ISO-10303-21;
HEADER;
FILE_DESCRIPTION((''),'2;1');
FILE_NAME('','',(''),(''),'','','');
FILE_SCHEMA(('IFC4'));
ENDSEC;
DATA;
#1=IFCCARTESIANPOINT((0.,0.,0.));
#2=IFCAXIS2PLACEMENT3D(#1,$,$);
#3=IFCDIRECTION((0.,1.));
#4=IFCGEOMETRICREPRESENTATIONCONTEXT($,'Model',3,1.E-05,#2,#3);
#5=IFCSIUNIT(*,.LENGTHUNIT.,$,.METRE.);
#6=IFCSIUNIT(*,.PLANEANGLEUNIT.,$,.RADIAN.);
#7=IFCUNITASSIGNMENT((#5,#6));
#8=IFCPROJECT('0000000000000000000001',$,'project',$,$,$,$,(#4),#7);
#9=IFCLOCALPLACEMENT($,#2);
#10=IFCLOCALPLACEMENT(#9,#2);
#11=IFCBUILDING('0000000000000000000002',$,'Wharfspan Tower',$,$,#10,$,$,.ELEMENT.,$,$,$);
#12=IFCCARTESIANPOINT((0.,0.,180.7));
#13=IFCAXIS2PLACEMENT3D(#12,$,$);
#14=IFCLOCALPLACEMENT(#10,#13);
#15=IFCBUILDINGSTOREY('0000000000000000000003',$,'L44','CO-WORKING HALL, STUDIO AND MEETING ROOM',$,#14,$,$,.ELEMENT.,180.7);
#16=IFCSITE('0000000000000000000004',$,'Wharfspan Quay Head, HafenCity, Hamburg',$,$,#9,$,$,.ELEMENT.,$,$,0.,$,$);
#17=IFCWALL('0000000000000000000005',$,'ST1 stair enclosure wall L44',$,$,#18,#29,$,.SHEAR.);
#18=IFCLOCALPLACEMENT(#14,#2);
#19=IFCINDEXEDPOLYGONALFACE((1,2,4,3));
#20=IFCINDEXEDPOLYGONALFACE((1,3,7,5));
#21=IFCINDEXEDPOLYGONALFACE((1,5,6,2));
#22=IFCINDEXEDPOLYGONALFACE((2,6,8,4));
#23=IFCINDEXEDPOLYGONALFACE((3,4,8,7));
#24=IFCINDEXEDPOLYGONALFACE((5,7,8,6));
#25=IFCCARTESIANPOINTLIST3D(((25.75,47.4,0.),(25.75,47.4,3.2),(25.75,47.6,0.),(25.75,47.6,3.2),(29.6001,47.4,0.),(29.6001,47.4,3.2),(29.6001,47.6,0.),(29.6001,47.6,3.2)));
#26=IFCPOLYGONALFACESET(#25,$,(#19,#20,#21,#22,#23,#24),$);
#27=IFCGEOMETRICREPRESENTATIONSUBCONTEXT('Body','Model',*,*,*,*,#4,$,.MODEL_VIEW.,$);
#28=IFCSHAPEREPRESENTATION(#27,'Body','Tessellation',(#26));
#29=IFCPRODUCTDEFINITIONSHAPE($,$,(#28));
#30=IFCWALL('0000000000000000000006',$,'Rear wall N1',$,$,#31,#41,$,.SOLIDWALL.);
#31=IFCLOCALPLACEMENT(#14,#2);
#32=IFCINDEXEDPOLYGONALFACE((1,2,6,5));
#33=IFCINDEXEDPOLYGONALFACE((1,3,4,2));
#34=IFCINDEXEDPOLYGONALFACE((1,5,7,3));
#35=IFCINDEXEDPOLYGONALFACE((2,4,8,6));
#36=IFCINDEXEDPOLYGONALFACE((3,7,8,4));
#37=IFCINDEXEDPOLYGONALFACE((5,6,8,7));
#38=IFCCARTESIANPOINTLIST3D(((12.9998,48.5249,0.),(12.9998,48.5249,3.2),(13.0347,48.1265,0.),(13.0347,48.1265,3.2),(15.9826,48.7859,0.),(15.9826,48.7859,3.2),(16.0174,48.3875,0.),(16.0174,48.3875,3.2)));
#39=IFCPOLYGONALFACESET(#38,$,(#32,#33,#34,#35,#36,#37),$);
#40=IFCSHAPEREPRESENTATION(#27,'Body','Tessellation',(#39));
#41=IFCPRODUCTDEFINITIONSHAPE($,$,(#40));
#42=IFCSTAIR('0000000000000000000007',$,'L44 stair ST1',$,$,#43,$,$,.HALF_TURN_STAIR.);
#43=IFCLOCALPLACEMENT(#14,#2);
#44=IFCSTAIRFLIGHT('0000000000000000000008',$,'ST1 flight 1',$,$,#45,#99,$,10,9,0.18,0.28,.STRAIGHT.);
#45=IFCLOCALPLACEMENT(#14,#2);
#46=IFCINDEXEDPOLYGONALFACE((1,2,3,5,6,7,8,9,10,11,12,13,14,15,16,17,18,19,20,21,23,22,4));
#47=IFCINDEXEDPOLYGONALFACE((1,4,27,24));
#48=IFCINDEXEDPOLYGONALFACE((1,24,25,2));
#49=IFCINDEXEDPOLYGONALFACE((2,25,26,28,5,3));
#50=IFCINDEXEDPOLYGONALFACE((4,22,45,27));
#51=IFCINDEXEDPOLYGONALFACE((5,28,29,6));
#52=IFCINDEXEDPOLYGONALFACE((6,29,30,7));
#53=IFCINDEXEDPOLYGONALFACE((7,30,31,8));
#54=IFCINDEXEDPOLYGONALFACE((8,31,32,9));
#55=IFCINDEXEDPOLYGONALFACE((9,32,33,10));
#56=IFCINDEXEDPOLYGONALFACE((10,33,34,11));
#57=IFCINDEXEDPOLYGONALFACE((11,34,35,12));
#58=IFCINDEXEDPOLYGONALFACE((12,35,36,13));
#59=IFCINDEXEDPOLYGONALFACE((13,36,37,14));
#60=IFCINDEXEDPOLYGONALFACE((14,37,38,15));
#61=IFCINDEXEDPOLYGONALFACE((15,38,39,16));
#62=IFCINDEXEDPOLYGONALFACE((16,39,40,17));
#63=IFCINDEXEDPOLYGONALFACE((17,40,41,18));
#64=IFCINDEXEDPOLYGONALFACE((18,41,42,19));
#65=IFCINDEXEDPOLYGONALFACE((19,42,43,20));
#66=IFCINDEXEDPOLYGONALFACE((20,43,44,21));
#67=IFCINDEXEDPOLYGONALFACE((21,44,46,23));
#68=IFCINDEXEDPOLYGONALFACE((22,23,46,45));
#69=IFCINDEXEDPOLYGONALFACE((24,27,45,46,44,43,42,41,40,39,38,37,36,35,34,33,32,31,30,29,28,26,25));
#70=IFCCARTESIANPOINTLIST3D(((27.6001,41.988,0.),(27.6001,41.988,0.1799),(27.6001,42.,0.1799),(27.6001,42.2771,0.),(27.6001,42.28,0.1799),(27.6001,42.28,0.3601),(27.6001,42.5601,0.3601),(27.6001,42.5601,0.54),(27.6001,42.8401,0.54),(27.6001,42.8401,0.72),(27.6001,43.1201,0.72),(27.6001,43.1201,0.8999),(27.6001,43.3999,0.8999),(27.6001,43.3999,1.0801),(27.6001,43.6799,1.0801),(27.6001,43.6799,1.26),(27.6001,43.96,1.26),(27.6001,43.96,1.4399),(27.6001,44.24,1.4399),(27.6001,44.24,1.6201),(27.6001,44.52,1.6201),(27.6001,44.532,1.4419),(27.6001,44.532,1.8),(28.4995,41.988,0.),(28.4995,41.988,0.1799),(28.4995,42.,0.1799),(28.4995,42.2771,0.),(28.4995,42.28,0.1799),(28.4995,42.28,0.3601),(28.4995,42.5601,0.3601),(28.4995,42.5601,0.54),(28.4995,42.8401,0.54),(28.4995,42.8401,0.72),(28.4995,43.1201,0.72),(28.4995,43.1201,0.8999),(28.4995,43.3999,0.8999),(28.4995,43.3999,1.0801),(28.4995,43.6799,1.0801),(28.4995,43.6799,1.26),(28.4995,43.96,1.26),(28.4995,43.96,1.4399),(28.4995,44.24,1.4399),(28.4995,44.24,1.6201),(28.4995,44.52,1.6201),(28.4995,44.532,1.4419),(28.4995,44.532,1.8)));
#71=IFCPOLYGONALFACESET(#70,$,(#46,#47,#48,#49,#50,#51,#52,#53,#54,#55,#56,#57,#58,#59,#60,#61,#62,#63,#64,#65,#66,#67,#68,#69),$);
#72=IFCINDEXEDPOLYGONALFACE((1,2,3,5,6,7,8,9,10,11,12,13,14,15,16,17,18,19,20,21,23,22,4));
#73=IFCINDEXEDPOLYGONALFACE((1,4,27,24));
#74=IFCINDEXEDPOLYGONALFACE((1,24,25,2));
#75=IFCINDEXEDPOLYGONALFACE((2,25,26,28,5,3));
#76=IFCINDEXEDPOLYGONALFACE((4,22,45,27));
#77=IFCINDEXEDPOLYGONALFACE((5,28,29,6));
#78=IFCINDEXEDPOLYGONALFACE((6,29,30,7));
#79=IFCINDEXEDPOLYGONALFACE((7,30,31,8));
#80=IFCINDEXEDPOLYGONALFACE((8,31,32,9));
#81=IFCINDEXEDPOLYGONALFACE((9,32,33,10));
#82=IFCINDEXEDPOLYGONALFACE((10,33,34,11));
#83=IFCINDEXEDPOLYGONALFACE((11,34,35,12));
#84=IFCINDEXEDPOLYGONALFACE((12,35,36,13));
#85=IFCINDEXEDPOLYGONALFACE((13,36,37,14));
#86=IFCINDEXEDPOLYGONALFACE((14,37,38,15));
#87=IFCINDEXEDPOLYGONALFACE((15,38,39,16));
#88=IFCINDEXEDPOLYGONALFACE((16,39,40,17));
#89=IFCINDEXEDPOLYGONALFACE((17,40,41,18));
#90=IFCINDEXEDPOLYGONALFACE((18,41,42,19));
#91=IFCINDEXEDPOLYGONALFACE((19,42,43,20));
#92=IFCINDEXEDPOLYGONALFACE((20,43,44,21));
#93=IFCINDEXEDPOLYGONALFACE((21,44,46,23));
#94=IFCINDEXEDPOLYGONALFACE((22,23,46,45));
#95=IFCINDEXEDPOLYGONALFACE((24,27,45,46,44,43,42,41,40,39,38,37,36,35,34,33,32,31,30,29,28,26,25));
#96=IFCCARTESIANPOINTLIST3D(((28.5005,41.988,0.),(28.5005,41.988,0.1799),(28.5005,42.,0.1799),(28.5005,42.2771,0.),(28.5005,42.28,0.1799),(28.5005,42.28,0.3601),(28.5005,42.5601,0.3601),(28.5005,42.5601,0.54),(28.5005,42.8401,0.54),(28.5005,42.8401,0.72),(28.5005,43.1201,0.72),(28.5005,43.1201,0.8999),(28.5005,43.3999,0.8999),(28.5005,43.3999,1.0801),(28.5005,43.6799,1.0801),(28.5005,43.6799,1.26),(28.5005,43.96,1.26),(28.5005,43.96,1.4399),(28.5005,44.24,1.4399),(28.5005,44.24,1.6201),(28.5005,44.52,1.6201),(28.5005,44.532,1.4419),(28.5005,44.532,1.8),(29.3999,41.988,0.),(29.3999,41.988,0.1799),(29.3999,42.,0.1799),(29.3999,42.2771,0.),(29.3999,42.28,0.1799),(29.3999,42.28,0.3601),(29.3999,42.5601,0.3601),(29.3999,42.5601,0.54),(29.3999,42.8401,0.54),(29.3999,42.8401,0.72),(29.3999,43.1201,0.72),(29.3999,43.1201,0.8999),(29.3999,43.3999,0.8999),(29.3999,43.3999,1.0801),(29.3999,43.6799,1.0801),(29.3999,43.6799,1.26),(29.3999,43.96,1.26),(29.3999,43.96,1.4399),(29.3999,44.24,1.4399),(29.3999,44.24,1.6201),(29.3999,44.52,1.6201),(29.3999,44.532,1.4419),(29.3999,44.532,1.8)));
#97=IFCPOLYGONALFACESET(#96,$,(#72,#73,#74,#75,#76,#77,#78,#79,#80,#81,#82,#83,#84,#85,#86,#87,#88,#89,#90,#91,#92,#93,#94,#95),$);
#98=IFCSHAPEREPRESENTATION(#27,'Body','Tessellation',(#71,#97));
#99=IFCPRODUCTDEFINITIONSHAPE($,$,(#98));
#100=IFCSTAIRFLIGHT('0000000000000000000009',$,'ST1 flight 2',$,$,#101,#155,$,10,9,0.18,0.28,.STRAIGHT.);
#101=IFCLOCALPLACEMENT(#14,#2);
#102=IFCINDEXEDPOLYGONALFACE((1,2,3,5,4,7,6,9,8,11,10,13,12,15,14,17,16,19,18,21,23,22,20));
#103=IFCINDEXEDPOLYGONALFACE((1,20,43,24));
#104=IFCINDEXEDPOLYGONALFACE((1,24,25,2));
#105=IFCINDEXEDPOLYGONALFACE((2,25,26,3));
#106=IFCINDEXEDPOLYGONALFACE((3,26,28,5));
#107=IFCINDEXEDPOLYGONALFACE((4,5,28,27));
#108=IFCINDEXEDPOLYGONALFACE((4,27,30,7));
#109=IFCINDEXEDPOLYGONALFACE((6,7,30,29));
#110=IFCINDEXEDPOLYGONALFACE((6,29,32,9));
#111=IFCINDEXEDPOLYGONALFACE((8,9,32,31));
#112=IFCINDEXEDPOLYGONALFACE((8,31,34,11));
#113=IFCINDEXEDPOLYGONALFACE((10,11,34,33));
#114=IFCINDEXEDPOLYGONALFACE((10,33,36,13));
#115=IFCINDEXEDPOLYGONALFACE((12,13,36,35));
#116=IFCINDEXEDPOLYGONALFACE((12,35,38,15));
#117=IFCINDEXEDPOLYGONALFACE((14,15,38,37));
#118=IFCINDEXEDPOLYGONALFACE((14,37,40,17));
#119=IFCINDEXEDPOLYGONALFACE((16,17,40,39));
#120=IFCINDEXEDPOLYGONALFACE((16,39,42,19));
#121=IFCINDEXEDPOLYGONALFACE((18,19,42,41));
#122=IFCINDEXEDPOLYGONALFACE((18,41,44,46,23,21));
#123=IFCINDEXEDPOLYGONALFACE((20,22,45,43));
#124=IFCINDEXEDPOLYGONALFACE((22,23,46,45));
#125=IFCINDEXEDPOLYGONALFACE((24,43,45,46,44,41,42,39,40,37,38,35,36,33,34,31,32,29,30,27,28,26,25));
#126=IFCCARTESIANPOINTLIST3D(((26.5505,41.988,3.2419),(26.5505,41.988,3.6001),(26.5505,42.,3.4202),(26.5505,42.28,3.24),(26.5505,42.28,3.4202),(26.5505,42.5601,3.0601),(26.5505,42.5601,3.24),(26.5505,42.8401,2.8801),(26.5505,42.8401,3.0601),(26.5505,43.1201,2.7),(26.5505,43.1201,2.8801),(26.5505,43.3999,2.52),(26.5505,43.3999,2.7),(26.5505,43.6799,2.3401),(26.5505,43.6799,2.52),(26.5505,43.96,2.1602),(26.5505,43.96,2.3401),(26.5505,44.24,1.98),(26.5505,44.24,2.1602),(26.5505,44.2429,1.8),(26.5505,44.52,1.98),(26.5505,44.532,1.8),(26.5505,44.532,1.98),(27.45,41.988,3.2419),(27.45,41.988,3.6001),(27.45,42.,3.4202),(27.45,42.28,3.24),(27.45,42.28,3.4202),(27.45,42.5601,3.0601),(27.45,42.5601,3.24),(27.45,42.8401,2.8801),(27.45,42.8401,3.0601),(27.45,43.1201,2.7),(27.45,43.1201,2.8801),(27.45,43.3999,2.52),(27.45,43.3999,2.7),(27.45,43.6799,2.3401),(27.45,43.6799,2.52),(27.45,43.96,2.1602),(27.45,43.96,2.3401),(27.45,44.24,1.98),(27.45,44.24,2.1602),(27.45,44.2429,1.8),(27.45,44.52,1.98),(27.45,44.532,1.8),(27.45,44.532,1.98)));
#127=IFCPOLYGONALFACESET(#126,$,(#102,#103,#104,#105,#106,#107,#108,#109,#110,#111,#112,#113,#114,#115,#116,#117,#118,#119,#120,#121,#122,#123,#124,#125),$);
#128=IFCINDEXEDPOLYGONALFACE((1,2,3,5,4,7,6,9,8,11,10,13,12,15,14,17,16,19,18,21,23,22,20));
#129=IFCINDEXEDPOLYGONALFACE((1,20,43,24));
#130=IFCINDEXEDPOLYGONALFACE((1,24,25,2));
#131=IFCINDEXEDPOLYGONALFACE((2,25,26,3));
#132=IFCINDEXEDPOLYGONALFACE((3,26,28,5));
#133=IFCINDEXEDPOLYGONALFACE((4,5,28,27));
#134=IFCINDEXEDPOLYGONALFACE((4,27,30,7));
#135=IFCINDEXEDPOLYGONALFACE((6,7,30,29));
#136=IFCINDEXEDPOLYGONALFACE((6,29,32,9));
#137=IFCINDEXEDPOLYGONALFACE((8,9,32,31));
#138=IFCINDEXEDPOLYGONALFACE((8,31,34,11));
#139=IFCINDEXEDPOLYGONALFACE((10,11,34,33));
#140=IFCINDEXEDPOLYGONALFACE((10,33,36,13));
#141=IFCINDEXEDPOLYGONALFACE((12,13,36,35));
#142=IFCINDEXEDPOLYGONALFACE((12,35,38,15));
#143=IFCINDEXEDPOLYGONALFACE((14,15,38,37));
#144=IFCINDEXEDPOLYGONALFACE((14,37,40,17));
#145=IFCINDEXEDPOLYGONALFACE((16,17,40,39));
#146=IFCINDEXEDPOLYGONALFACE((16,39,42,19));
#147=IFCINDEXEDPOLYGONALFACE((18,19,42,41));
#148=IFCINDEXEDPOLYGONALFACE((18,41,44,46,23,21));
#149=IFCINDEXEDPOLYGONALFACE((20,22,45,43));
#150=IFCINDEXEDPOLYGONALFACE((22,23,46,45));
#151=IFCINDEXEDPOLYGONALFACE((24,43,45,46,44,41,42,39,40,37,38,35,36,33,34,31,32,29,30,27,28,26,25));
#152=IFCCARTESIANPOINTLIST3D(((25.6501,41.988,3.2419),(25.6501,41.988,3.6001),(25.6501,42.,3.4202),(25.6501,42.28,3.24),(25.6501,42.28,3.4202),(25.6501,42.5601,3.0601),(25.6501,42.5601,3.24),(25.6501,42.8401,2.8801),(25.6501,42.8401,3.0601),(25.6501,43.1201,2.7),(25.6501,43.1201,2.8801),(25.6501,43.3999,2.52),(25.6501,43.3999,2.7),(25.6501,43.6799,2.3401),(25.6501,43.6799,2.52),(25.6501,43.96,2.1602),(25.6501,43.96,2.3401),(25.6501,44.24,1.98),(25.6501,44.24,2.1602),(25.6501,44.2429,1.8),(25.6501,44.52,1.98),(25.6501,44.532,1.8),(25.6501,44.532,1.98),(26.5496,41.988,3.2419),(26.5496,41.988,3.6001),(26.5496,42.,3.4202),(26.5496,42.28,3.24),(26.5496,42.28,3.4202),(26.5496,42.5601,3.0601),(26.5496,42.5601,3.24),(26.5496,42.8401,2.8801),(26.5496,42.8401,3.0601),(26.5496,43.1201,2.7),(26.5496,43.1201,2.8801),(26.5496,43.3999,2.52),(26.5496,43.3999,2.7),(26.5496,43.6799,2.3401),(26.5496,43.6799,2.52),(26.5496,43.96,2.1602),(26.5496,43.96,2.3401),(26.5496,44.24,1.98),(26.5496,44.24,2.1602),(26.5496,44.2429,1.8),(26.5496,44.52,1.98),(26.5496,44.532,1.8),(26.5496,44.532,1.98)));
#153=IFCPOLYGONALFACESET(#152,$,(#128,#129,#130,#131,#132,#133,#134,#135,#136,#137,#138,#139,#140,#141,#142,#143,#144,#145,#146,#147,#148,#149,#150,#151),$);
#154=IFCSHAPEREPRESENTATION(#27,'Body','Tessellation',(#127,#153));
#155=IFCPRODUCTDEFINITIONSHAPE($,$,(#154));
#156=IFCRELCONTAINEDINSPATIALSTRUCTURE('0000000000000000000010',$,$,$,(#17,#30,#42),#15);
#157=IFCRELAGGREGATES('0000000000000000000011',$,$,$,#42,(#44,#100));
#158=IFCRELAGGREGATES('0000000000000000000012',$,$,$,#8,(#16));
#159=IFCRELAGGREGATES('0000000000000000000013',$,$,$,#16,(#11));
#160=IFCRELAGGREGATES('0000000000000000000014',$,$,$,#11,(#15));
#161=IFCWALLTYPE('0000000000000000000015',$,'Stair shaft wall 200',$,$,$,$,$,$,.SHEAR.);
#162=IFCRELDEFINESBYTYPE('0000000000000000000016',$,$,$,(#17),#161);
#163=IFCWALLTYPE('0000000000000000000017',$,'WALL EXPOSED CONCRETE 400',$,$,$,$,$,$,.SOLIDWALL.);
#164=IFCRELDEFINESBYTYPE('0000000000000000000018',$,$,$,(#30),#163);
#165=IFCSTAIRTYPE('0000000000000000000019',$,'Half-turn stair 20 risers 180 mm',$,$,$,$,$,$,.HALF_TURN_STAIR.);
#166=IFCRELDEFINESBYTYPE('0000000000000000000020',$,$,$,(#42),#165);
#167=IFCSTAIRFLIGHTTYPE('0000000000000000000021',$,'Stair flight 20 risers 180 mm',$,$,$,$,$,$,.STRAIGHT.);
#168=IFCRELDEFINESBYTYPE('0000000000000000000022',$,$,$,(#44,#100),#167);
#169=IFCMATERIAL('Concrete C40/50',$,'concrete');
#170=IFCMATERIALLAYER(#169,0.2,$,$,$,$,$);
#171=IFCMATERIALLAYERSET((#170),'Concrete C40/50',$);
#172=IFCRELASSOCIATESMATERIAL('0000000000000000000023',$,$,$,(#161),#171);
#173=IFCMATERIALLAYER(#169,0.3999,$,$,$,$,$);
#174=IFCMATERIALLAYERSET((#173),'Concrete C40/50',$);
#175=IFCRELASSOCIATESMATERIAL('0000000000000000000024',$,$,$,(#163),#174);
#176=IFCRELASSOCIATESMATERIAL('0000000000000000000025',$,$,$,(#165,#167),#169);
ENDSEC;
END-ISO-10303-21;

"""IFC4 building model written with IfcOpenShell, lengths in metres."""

from ifc_helpers import new_model, si_unit, direction, frame, frame_2d, origin, place, context, subcontext, project, spatial, polyline, rectangle, outline, extrude, material, layer, layer_set, type_object, element, aggregate, save


model = new_model("IFC4")

# Units and contexts
model_context = context("Model", 3, precision=1e-05, world=origin(), true_north=direction((0.0, 1.0)))
body_context = subcontext(model_context, "Body", "Model", "MODEL_VIEW")
ifc_project = project(units=[si_unit("LENGTHUNIT", "METRE"), si_unit("PLANEANGLEUNIT", "RADIAN")], contexts=[model_context])

# Site, building, storey
site_placement = place(None, origin())
site = spatial("IfcSite", under=ifc_project, at=site_placement, Name="Wharfspan Quay Head, HafenCity, Hamburg", CompositionType="ELEMENT", RefElevation=0.0)
building_placement = place(site_placement, origin())
building = spatial("IfcBuilding", under=site, at=building_placement, Name="Wharfspan Tower", CompositionType="ELEMENT")
storey_placement = place(building_placement, frame((0.0, 0.0, 180.7)))
storey = spatial("IfcBuildingStorey", under=building, at=storey_placement, Name="L44", Description="CO-WORKING HALL, STUDIO AND MEETING ROOM", CompositionType="ELEMENT", Elevation=180.7)

# Shared definitions
ifc_material_1 = material(Name="Concrete C40/50", Category="concrete")
ifc_layer_1 = layer(ifc_material_1, 0.2)
ifc_layer_set_1 = layer_set([ifc_layer_1], Name="Concrete C40/50")
wall_type_1 = type_object("IfcWallType", Name="Stair shaft wall 200", PredefinedType="SHEAR", material=ifc_layer_set_1)

# Walls
wall_1_placement = place(storey_placement, frame((25.75, 47.5, 0.0), z_axis=(0.0, 0.0, 1.0), x_axis=(1.0, 0.0, 0.0)))
element("IfcWall", 1, at=wall_1_placement, inside=storey, type_object=wall_type_1, Name="ST1 stair enclosure wall L44", PredefinedType="SHEAR", context=body_context, shape_type="SweptSolid", body=[
    extrude(rectangle(XDim=3.8501, YDim=0.2, at=frame_2d((1.925, 0.0))), origin(), (0.0, 0.0, 1.0), 3.2),
])
ifc_layer_2 = layer(ifc_material_1, 0.3999)
ifc_layer_set_2 = layer_set([ifc_layer_2], Name="Concrete C40/50")
wall_type_2 = type_object("IfcWallType", Name="WALL EXPOSED CONCRETE 400", PredefinedType="SOLIDWALL", material=ifc_layer_set_2)
wall_2_placement = place(storey_placement, frame((16.0, 48.5867, 0.0), z_axis=(0.0, 0.0, 1.0), x_axis=(-0.996194, -0.087168, 0.0)))
element("IfcWall", 2, at=wall_2_placement, inside=storey, type_object=wall_type_2, Name="Rear wall N1", PredefinedType="SOLIDWALL", context=body_context, shape_type="SweptSolid", body=[
    extrude(rectangle(XDim=2.9941, YDim=0.3999, at=frame_2d((1.4971, 0.0))), origin(), (0.0, 0.0, 1.0), 3.2),
])

# Stair, stair flights
stair_type = type_object("IfcStairType", Name="Half-turn stair 20 risers 180 mm", PredefinedType="HALF_TURN_STAIR", material=ifc_material_1)
stair_placement = place(storey_placement, origin())
stair = element("IfcStair", 3, at=stair_placement, inside=storey, type_object=stair_type, Name="L44 stair ST1", PredefinedType="HALF_TURN_STAIR")
stair_flight_type = type_object("IfcStairFlightType", Name="Stair flight 20 risers 180 mm", PredefinedType="STRAIGHT", material=ifc_material_1)
stair_flight_1_placement = place(storey_placement, frame((28.5, 42.0, 0.0), z_axis=(0.0, 0.0, 1.0), x_axis=(0.0, 1.0, 0.0)))
stair_flight_1 = element("IfcStairFlight", 4, at=stair_flight_1_placement, type_object=stair_flight_type, Name="ST1 flight 1", NumberOfRisers=10, NumberOfTreads=9, PredefinedType="STRAIGHT", RiserHeight=0.18, TreadLength=0.28, context=body_context, shape_type="SweptSolid", body=[
    extrude(outline(polyline([(-0.012, 0.0), (-0.012, 0.1799), (0.0, 0.1799), (0.28, 0.1799), (0.28, 0.3601), (0.5601, 0.3601), (0.5601, 0.54), (0.8401, 0.54), (0.8401, 0.72), (1.1201, 0.72), (1.1201, 0.8999), (1.3999, 0.8999), (1.3999, 1.0801), (1.6799, 1.0801), (1.6799, 1.26), (1.96, 1.26), (1.96, 1.4399), (2.24, 1.4399), (2.24, 1.6201), (2.52, 1.6201), (2.532, 1.8), (2.532, 1.4419), (0.2771, 0.0), (-0.012, 0.0)])), frame((0.0, 0.8999, 0.0), z_axis=(0.0, -1.0, 0.0), x_axis=(1.0, 0.0, 0.0)), (0.0, 0.0, 1.0), 0.8994),
    extrude(outline(polyline([(-0.012, 0.0), (-0.012, 0.1799), (0.0, 0.1799), (0.28, 0.1799), (0.28, 0.3601), (0.5601, 0.3601), (0.5601, 0.54), (0.8401, 0.54), (0.8401, 0.72), (1.1201, 0.72), (1.1201, 0.8999), (1.3999, 0.8999), (1.3999, 1.0801), (1.6799, 1.0801), (1.6799, 1.26), (1.96, 1.26), (1.96, 1.4399), (2.24, 1.4399), (2.24, 1.6201), (2.52, 1.6201), (2.532, 1.8), (2.532, 1.4419), (0.2771, 0.0), (-0.012, 0.0)])), frame((0.0, -0.0005, 0.0), z_axis=(0.0, -1.0, 0.0), x_axis=(1.0, 0.0, 0.0)), (0.0, 0.0, 1.0), 0.8994),
])
stair_flight_2_placement = place(storey_placement, frame((26.55, 44.52, 1.8), z_axis=(0.0, 0.0, 1.0), x_axis=(0.0, -1.0, 0.0)))
stair_flight_2 = element("IfcStairFlight", 5, at=stair_flight_2_placement, type_object=stair_flight_type, Name="ST1 flight 2", NumberOfRisers=10, NumberOfTreads=9, PredefinedType="STRAIGHT", RiserHeight=0.18, TreadLength=0.28, context=body_context, shape_type="SweptSolid", body=[
    extrude(outline(polyline([(-0.012, 0.0), (-0.012, 0.1799), (0.0, 0.1799), (0.28, 0.1799), (0.28, 0.3601), (0.5601, 0.3601), (0.5601, 0.54), (0.8401, 0.54), (0.8401, 0.72), (1.1201, 0.72), (1.1201, 0.8999), (1.3999, 0.8999), (1.3999, 1.0801), (1.6799, 1.0801), (1.6799, 1.26), (1.96, 1.26), (1.96, 1.4399), (2.24, 1.4399), (2.24, 1.6201), (2.52, 1.6201), (2.532, 1.8), (2.532, 1.4419), (0.2771, 0.0), (-0.012, 0.0)])), frame((0.0, 0.8999, 0.0), z_axis=(0.0, -1.0, 0.0), x_axis=(1.0, 0.0, 0.0)), (0.0, 0.0, 1.0), 0.8994),
    extrude(outline(polyline([(-0.012, 0.0), (-0.012, 0.1799), (0.0, 0.1799), (0.28, 0.1799), (0.28, 0.3601), (0.5601, 0.3601), (0.5601, 0.54), (0.8401, 0.54), (0.8401, 0.72), (1.1201, 0.72), (1.1201, 0.8999), (1.3999, 0.8999), (1.3999, 1.0801), (1.6799, 1.0801), (1.6799, 1.26), (1.96, 1.26), (1.96, 1.4399), (2.24, 1.4399), (2.24, 1.6201), (2.52, 1.6201), (2.532, 1.8), (2.532, 1.4419), (0.2771, 0.0), (-0.012, 0.0)])), frame((0.0, -0.0005, 0.0), z_axis=(0.0, -1.0, 0.0), x_axis=(1.0, 0.0, 0.0)), (0.0, 0.0, 1.0), 0.8994),
])
aggregate(stair, [stair_flight_1, stair_flight_2])

save(model, "model.ifc")
